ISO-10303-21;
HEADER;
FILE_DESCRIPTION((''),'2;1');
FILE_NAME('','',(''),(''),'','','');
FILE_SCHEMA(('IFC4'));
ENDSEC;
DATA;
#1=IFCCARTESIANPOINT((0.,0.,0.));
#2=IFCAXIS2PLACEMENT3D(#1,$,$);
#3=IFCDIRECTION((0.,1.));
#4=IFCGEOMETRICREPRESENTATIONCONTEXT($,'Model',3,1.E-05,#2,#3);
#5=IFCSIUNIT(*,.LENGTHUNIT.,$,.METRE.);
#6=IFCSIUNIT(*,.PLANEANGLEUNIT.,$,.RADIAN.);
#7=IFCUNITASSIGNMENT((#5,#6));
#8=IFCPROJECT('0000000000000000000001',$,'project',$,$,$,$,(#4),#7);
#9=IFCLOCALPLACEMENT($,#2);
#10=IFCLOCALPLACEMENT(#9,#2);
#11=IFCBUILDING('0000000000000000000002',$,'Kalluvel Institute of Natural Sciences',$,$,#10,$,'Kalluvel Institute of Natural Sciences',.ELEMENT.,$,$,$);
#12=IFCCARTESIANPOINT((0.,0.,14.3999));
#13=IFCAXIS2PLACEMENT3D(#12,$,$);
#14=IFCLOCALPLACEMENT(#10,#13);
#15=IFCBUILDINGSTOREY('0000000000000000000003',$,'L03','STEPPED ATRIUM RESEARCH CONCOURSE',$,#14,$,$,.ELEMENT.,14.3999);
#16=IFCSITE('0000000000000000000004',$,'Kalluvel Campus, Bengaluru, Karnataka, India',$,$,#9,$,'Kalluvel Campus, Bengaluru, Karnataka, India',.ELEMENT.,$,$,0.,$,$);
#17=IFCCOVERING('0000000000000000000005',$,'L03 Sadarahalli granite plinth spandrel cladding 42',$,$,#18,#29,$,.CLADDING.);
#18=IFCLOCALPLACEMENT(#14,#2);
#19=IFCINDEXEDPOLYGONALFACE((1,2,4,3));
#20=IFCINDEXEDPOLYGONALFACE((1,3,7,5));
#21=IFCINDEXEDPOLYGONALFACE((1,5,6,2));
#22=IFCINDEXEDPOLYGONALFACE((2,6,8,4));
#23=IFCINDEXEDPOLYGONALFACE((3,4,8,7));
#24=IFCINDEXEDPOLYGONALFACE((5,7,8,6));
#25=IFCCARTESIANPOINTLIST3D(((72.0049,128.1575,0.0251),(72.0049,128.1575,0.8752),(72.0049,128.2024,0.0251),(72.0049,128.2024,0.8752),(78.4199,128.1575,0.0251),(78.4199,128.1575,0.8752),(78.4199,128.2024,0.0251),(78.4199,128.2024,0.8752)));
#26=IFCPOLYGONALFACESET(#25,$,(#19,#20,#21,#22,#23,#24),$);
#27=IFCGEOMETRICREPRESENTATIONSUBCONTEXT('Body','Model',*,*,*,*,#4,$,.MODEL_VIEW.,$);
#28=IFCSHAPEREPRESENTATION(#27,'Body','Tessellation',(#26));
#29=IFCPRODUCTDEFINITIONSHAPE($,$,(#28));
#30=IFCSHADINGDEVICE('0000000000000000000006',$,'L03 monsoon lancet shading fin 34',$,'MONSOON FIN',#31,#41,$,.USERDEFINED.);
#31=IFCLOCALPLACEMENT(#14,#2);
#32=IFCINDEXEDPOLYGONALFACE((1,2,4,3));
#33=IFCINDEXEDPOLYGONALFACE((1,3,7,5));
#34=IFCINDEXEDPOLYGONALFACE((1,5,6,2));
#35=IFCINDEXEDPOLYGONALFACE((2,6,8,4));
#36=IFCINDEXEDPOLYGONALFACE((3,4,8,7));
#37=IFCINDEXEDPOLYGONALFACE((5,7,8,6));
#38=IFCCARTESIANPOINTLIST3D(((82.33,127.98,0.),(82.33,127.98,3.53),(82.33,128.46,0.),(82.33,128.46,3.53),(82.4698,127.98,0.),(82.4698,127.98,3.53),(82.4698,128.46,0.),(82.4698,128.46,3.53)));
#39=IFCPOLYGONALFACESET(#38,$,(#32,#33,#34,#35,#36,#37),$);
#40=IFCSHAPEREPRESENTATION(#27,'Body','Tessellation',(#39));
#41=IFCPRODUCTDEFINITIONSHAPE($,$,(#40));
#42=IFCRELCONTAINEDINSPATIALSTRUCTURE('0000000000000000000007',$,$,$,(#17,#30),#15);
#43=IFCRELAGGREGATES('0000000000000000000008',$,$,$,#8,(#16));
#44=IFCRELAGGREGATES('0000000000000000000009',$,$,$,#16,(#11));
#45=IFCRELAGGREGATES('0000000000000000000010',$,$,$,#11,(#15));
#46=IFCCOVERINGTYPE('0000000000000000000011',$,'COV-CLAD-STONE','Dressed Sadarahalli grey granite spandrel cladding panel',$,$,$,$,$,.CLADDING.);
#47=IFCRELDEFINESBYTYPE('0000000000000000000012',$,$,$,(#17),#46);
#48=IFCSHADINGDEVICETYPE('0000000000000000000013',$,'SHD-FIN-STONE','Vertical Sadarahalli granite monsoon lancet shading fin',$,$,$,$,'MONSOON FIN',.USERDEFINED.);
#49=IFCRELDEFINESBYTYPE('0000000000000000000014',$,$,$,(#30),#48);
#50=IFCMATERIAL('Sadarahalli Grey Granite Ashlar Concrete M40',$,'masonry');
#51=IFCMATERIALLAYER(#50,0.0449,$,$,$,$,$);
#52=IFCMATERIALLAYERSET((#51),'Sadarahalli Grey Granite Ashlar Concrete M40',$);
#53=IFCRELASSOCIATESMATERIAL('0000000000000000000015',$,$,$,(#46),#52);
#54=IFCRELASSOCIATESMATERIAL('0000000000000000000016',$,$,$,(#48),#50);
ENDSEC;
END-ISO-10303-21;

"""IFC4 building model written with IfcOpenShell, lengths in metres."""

from ifc_helpers import new_model, si_unit, direction, frame, origin, origin_2d, place, context, subcontext, project, spatial, rectangle, extrude, material, layer, layer_set, type_object, element, save


model = new_model("IFC4")

# Units and contexts
model_context = context("Model", 3, precision=1e-05, world=origin(), true_north=direction((0.0, 1.0)))
body_context = subcontext(model_context, "Body", "Model", "MODEL_VIEW")
ifc_project = project(units=[si_unit("LENGTHUNIT", "METRE"), si_unit("PLANEANGLEUNIT", "RADIAN")], contexts=[model_context])

# Site, building, storey
site_placement = place(None, origin())
site = spatial("IfcSite", under=ifc_project, at=site_placement, Name="Kalluvel Campus, Bengaluru, Karnataka, India", LongName="Kalluvel Campus, Bengaluru, Karnataka, India", CompositionType="ELEMENT", RefElevation=0.0)
building_placement = place(site_placement, origin())
building = spatial("IfcBuilding", under=site, at=building_placement, Name="Kalluvel Institute of Natural Sciences", LongName="Kalluvel Institute of Natural Sciences", CompositionType="ELEMENT")
storey_placement = place(building_placement, frame((0.0, 0.0, 14.3999)))
storey = spatial("IfcBuildingStorey", under=building, at=storey_placement, Name="L03", Description="STEPPED ATRIUM RESEARCH CONCOURSE", CompositionType="ELEMENT", Elevation=14.3999)

# Covering
ifc_material_1 = material(Name="Sadarahalli Grey Granite Ashlar Concrete M40", Category="masonry")
ifc_layer_1 = layer(ifc_material_1, 0.0449)
ifc_layer_set_1 = layer_set([ifc_layer_1], Name="Sadarahalli Grey Granite Ashlar Concrete M40")
covering_type = type_object("IfcCoveringType", Name="COV-CLAD-STONE", Description="Dressed Sadarahalli grey granite spandrel cladding panel", PredefinedType="CLADDING", material=ifc_layer_set_1)
covering_placement = place(storey_placement, frame((75.2124, 128.1799, 0.0251), z_axis=(0.0, 0.0, 1.0), x_axis=(1.0, 0.0, 0.0)))
element("IfcCovering", 1, at=covering_placement, inside=storey, type_object=covering_type, Name="L03 Sadarahalli granite plinth spandrel cladding 42", PredefinedType="CLADDING", context=body_context, shape_type="SweptSolid", body=[
    extrude(rectangle(XDim=6.415, YDim=0.0449, at=origin_2d()), origin(), (0.0, 0.0, 1.0), 0.8501),
])

# Shading device
shading_device_type = type_object("IfcShadingDeviceType", Name="SHD-FIN-STONE", Description="Vertical Sadarahalli granite monsoon lancet shading fin", ElementType="MONSOON FIN", PredefinedType="USERDEFINED", material=ifc_material_1)
shading_device_placement = place(storey_placement, frame((82.3999, 128.22, 0.0), z_axis=(0.0, 0.0, 1.0), x_axis=(1.0, 0.0, 0.0)))
element("IfcShadingDevice", 2, at=shading_device_placement, inside=storey, type_object=shading_device_type, Name="L03 monsoon lancet shading fin 34", ObjectType="MONSOON FIN", PredefinedType="USERDEFINED", context=body_context, shape_type="SweptSolid", body=[
    extrude(rectangle(XDim=0.1399, YDim=0.48, at=origin_2d()), origin(), (0.0, 0.0, 1.0), 3.53),
])

save(model, "model.ifc")
